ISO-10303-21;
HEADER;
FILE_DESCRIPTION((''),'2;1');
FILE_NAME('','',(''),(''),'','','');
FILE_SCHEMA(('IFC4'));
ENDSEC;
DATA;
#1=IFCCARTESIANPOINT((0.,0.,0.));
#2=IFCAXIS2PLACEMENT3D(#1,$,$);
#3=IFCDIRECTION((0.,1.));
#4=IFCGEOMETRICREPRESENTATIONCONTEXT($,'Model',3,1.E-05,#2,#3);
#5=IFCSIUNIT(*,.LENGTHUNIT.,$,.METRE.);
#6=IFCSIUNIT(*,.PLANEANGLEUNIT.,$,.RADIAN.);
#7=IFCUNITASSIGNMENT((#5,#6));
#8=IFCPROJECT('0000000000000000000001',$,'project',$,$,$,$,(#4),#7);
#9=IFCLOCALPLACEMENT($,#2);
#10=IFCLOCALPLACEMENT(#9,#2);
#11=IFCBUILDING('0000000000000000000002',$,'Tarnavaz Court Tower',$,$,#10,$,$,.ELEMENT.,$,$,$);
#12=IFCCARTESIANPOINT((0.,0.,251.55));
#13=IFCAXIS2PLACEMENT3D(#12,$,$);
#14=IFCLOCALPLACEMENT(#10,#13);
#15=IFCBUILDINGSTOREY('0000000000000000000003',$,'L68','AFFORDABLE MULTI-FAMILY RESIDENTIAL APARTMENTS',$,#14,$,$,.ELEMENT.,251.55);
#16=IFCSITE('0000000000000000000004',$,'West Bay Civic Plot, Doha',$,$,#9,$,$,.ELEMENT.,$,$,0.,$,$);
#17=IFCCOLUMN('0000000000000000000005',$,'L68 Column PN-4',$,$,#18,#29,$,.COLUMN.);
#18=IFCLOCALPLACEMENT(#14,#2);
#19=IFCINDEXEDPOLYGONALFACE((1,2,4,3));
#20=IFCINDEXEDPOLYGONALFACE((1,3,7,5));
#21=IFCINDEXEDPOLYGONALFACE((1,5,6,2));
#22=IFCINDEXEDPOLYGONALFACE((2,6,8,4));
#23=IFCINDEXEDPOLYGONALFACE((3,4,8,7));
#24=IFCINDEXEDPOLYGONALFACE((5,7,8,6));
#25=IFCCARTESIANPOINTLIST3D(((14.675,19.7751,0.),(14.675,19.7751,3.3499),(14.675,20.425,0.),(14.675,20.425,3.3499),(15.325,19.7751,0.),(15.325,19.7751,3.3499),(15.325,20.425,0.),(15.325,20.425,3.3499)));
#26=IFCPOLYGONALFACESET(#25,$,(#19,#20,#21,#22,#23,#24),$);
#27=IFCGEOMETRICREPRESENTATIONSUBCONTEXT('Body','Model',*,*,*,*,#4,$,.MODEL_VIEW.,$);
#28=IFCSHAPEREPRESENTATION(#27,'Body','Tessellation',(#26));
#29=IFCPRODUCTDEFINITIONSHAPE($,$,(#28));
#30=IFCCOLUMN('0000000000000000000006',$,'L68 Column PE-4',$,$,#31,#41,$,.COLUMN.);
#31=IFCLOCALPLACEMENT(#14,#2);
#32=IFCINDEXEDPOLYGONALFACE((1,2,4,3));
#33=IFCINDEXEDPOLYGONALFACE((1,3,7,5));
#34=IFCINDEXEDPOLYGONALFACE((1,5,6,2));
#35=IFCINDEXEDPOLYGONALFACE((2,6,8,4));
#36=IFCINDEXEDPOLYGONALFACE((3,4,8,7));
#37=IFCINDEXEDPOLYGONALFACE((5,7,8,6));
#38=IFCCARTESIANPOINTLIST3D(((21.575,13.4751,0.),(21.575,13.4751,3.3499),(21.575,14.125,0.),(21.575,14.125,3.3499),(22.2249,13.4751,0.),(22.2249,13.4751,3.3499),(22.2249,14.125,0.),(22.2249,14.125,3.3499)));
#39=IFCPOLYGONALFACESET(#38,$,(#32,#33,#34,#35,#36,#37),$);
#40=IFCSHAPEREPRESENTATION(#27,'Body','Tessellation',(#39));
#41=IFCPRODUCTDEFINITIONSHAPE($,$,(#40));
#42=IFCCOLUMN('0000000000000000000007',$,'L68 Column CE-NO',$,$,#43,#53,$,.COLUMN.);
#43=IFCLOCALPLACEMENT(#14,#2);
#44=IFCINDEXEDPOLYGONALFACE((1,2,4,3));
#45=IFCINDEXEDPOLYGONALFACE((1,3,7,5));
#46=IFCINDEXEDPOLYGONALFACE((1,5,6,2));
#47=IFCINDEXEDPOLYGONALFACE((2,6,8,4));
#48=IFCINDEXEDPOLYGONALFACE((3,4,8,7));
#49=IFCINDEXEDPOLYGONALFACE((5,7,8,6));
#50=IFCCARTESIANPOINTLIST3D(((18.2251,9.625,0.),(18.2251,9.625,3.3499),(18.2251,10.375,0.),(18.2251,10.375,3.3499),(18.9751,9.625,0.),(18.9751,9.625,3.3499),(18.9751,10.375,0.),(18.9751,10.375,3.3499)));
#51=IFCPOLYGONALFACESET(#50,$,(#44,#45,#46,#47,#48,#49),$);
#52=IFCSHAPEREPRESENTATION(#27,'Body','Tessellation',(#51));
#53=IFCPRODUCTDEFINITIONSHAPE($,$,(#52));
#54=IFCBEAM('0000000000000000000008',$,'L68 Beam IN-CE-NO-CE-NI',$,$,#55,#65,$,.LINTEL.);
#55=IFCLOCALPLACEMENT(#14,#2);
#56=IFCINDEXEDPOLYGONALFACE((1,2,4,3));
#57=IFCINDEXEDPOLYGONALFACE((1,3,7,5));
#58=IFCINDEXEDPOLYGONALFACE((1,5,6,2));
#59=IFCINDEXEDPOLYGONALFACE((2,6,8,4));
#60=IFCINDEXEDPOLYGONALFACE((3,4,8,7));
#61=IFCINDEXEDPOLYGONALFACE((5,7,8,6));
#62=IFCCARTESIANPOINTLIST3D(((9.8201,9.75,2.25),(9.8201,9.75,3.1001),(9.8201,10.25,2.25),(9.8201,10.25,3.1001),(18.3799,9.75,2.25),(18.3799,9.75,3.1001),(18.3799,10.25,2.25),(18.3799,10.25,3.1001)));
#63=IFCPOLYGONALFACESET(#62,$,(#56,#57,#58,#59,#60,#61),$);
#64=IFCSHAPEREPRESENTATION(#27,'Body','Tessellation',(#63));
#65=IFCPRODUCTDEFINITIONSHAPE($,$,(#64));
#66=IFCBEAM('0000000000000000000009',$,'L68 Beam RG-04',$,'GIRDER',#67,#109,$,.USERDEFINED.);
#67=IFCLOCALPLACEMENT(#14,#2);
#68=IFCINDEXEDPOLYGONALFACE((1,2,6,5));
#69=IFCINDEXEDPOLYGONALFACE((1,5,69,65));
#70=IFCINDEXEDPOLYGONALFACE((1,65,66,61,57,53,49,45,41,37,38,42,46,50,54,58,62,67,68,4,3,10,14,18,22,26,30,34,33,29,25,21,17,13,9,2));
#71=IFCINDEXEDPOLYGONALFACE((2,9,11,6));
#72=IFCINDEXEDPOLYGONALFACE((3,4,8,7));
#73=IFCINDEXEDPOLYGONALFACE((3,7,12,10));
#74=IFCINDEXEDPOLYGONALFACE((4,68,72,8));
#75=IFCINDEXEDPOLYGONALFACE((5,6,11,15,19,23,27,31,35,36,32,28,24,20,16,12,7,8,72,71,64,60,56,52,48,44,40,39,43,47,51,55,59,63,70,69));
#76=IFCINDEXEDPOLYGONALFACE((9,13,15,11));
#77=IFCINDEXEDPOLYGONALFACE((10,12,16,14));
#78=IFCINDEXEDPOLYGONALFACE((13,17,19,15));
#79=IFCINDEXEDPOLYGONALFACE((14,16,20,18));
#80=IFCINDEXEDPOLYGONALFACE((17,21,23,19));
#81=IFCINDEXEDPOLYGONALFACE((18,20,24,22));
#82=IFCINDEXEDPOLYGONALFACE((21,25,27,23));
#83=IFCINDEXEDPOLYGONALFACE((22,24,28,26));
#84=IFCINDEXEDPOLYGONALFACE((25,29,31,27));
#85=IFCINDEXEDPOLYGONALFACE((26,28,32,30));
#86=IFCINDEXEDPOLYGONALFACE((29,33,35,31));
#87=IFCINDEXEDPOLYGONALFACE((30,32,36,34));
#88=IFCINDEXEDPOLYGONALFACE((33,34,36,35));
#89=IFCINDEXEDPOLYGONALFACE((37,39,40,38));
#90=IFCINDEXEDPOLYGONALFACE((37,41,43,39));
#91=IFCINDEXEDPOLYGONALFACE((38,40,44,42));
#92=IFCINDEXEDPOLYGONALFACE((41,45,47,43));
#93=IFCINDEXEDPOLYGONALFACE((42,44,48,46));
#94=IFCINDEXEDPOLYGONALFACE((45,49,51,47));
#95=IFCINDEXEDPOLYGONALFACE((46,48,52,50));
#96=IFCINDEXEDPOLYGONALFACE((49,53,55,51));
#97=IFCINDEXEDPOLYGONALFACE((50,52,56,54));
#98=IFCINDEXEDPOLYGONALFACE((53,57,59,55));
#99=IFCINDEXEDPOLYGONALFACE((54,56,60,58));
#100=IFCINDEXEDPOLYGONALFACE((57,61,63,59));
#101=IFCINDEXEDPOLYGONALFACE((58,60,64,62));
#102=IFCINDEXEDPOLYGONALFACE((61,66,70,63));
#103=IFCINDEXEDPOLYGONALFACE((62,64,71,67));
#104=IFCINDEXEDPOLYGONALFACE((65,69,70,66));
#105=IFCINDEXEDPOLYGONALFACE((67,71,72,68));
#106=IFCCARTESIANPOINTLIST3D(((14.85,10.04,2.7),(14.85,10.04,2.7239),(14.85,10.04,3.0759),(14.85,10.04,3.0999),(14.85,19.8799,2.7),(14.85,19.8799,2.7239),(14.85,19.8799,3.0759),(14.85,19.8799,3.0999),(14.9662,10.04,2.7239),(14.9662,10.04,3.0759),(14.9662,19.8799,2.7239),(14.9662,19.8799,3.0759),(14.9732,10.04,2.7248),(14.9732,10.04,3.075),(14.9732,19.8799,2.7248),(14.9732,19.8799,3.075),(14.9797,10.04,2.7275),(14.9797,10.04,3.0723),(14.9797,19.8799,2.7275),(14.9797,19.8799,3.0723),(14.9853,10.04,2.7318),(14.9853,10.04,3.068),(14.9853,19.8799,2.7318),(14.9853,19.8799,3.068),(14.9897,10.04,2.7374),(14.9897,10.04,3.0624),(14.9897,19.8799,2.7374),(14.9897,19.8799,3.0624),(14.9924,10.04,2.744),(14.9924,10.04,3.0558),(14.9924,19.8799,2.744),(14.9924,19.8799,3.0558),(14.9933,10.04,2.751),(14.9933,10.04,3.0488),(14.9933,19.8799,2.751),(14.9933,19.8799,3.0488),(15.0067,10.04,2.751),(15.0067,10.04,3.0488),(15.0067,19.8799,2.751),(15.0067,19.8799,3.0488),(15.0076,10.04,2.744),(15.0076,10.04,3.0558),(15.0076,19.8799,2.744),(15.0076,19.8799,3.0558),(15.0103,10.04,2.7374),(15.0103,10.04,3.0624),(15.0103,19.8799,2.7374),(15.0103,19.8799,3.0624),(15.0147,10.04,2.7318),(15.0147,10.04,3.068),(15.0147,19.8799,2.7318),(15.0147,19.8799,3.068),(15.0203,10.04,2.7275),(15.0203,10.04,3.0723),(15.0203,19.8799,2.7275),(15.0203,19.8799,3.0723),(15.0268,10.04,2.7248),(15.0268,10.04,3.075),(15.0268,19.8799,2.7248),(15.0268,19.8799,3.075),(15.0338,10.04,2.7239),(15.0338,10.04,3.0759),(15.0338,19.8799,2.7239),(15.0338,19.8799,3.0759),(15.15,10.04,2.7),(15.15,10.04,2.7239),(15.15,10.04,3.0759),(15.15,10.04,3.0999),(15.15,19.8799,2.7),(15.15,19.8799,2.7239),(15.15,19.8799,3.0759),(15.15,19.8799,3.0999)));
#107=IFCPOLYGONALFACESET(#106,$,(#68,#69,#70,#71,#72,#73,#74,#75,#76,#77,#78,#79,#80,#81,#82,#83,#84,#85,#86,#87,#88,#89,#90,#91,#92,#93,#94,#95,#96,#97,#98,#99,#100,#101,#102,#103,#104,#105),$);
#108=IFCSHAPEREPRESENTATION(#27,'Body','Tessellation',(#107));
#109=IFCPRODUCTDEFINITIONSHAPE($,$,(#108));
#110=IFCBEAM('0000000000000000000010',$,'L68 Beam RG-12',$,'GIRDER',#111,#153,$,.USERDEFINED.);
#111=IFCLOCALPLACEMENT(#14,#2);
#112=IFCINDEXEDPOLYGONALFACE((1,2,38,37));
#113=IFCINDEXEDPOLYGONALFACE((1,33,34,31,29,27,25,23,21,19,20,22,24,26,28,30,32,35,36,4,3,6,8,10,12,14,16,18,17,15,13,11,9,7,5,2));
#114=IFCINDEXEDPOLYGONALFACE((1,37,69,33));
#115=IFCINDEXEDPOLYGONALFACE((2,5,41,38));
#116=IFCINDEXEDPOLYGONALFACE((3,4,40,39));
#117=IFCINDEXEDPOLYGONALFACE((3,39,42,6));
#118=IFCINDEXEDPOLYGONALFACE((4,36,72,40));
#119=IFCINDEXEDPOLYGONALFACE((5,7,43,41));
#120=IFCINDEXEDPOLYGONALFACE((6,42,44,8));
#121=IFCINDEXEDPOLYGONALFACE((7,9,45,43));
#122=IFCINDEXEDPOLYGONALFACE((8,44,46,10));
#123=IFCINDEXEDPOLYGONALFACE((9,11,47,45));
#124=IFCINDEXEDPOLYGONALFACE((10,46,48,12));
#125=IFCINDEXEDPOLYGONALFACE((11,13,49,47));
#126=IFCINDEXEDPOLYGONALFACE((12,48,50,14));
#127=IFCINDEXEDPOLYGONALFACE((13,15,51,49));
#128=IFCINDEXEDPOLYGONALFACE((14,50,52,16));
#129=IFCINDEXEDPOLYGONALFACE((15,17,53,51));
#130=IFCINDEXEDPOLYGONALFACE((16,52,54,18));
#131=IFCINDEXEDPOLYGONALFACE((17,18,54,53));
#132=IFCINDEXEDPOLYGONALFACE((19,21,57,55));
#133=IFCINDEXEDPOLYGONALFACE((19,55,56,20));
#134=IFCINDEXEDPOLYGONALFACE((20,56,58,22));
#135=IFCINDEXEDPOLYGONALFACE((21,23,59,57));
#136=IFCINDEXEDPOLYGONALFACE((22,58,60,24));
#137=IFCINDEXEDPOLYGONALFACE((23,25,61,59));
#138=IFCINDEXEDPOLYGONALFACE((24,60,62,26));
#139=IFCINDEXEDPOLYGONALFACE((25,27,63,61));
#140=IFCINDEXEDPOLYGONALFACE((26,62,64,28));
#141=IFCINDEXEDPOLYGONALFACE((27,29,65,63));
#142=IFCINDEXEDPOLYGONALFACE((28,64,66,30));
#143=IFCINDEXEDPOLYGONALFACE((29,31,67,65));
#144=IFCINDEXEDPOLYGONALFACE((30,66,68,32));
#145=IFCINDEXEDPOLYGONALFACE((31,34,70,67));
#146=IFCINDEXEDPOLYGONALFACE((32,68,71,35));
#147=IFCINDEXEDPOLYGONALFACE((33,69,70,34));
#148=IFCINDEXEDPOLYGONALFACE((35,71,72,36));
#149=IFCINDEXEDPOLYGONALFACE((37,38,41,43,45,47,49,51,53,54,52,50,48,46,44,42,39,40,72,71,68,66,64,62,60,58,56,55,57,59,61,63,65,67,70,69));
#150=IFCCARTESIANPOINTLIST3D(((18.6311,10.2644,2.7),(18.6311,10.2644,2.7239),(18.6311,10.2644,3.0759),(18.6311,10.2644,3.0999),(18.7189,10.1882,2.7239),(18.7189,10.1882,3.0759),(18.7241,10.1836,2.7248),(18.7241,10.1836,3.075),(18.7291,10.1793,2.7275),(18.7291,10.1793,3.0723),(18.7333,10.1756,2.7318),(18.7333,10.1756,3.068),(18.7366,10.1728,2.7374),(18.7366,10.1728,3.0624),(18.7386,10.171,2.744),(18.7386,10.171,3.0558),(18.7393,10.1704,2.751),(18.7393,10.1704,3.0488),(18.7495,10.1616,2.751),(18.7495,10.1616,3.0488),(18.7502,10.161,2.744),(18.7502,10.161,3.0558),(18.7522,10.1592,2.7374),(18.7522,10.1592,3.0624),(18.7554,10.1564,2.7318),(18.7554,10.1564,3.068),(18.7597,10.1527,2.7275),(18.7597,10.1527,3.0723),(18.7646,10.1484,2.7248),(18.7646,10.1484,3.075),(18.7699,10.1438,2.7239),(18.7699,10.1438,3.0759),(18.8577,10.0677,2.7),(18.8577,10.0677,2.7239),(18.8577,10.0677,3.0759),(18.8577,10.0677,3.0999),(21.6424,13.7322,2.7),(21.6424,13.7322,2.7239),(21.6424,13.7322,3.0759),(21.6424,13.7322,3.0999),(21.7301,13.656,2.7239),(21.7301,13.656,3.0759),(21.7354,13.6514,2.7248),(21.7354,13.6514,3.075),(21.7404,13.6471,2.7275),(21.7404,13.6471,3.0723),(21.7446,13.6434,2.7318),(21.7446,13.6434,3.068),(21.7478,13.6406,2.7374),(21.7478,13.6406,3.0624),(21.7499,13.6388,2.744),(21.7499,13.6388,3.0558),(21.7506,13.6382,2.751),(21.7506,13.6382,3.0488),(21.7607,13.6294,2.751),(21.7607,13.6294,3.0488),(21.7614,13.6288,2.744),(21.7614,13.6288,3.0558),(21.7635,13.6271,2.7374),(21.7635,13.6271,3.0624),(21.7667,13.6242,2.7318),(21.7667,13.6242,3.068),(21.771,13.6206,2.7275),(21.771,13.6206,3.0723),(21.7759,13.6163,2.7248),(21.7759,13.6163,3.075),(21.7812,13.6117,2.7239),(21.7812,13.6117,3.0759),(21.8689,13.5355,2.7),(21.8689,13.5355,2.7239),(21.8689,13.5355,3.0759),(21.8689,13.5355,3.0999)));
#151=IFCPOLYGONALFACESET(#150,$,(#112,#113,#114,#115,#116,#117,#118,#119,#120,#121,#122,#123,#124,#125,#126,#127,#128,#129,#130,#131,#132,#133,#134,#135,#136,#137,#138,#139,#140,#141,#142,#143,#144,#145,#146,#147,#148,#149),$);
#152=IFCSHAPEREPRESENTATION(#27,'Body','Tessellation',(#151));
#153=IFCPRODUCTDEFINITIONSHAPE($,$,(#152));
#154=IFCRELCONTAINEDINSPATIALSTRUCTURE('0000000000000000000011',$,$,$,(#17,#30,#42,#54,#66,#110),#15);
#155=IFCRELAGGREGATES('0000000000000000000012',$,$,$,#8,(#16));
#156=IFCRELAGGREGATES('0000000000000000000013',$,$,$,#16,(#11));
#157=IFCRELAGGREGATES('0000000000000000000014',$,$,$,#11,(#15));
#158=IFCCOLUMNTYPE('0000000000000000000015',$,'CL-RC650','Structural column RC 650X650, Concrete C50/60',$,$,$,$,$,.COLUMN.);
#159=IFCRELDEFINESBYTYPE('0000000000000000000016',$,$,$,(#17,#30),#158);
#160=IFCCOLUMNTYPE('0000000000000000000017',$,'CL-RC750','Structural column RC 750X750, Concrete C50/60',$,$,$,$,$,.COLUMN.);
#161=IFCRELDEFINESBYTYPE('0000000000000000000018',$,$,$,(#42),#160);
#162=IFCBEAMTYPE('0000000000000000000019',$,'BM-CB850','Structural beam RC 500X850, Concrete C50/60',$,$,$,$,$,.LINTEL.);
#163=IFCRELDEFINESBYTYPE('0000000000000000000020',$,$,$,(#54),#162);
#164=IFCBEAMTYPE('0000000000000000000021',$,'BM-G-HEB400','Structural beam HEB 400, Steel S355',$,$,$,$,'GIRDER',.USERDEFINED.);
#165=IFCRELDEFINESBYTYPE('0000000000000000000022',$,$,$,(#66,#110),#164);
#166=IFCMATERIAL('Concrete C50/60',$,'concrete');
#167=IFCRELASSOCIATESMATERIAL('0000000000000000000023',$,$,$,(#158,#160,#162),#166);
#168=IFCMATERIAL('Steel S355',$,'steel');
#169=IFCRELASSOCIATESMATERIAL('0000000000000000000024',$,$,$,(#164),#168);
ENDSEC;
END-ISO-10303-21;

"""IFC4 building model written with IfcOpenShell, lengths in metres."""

from ifc_helpers import new_model, si_unit, direction, frame, origin, origin_2d, place, context, subcontext, project, spatial, rectangle, i_section, extrude, material, material_profile, profile_set, type_object, element, save


model = new_model("IFC4")

# Units and contexts
model_context = context("Model", 3, precision=1e-05, world=origin(), true_north=direction((0.0, 1.0)))
body_context = subcontext(model_context, "Body", "Model", "MODEL_VIEW")
ifc_project = project(units=[si_unit("LENGTHUNIT", "METRE"), si_unit("PLANEANGLEUNIT", "RADIAN")], contexts=[model_context])

# Site, building, storey
site_placement = place(None, origin())
site = spatial("IfcSite", under=ifc_project, at=site_placement, Name="West Bay Civic Plot, Doha", CompositionType="ELEMENT", RefElevation=0.0)
building_placement = place(site_placement, origin())
building = spatial("IfcBuilding", under=site, at=building_placement, Name="Tarnavaz Court Tower", CompositionType="ELEMENT")
storey_placement = place(building_placement, frame((0.0, 0.0, 251.55)))
storey = spatial("IfcBuildingStorey", under=building, at=storey_placement, Name="L68", Description="AFFORDABLE MULTI-FAMILY RESIDENTIAL APARTMENTS", CompositionType="ELEMENT", Elevation=251.55)

# Columns
ifc_material_1 = material(Name="Concrete C50/60", Category="concrete")
ifc_material_profile_1 = material_profile(ifc_material_1, rectangle(XDim=0.6499, YDim=0.6499, at=origin_2d()), Name="RC 650X650")
ifc_profile_set_1 = profile_set([ifc_material_profile_1], Name="Concrete C50/60")
column_type_1 = type_object("IfcColumnType", Name="CL-RC650", Description="Structural column RC 650X650, Concrete C50/60", PredefinedType="COLUMN", material=ifc_profile_set_1)
for number, where, z_axis, x_axis, name in (
    (1, (15.0, 20.1001, 0.0), (0.0, 0.0, 1.0), (1.0, 0.0, 0.0), "L68 Column PN-4"),
    (2, (21.8999, 13.8, 0.0), (0.0, 0.0, 1.0), (1.0, 0.0, 0.0), "L68 Column PE-4"),
):
    element("IfcColumn", number, at=place(storey_placement, frame(where, z_axis=z_axis, x_axis=x_axis)), inside=storey, type_object=column_type_1, Name=name, PredefinedType="COLUMN", context=body_context, shape_type="SweptSolid", body=[
        extrude(rectangle(XDim=0.6499, YDim=0.6499, at=origin_2d()), origin(), (0.0, 0.0, 1.0), 3.3499),
    ])
ifc_material_profile_2 = material_profile(ifc_material_1, rectangle(XDim=0.75, YDim=0.75, at=origin_2d()), Name="RC 750X750")
ifc_profile_set_2 = profile_set([ifc_material_profile_2], Name="Concrete C50/60")
column_type_2 = type_object("IfcColumnType", Name="CL-RC750", Description="Structural column RC 750X750, Concrete C50/60", PredefinedType="COLUMN", material=ifc_profile_set_2)
column_placement = place(storey_placement, frame((18.6001, 10.0, 0.0), z_axis=(0.0, 0.0, 1.0), x_axis=(1.0, 0.0, 0.0)))
element("IfcColumn", 3, at=column_placement, inside=storey, type_object=column_type_2, Name="L68 Column CE-NO", PredefinedType="COLUMN", context=body_context, shape_type="SweptSolid", body=[
    extrude(rectangle(XDim=0.75, YDim=0.75, at=origin_2d()), origin(), (0.0, 0.0, 1.0), 3.3499),
])

# Beams
ifc_material_profile_3 = material_profile(ifc_material_1, rectangle(XDim=0.5, YDim=0.8501, at=origin_2d()), Name="RC 500X850")
ifc_profile_set_3 = profile_set([ifc_material_profile_3], Name="Concrete C50/60")
beam_type_1 = type_object("IfcBeamType", Name="BM-CB850", Description="Structural beam RC 500X850, Concrete C50/60", PredefinedType="LINTEL", material=ifc_profile_set_3)
beam_1_placement = place(storey_placement, frame((18.3799, 10.0, 2.675), z_axis=(-1.0, 0.0, 0.0), x_axis=(0.0, -1.0, 0.0)))
element("IfcBeam", 4, at=beam_1_placement, inside=storey, type_object=beam_type_1, Name="L68 Beam IN-CE-NO-CE-NI", PredefinedType="LINTEL", context=body_context, shape_type="SweptSolid", body=[
    extrude(rectangle(XDim=0.5, YDim=0.8501, at=origin_2d()), origin(), (0.0, 0.0, 1.0), 8.5598),
])
ifc_material_2 = material(Name="Steel S355", Category="steel")
ifc_material_profile_4 = material_profile(ifc_material_2, i_section(OverallWidth=0.3, OverallDepth=0.3999, WebThickness=0.0134, FlangeThickness=0.0239, FilletRadius=0.0271, at=origin_2d()), Name="HEB 400")
ifc_profile_set_4 = profile_set([ifc_material_profile_4], Name="Steel S355")
beam_type_2 = type_object("IfcBeamType", Name="BM-G-HEB400", Description="Structural beam HEB 400, Steel S355", ElementType="GIRDER", PredefinedType="USERDEFINED", material=ifc_profile_set_4)
beam_2_placement = place(storey_placement, frame((15.0, 10.04, 2.8999), z_axis=(0.0, 1.0, 0.0), x_axis=(-1.0, 0.0, 0.0)))
element("IfcBeam", 5, at=beam_2_placement, inside=storey, type_object=beam_type_2, Name="L68 Beam RG-04", ObjectType="GIRDER", PredefinedType="USERDEFINED", context=body_context, shape_type="SweptSolid", body=[
    extrude(i_section(OverallWidth=0.3, OverallDepth=0.3999, WebThickness=0.0134, FlangeThickness=0.0239, FilletRadius=0.0271, at=origin_2d()), origin(), (0.0, 0.0, 1.0), 9.8398),
])
beam_3_placement = place(storey_placement, frame((18.7444, 10.166, 2.8999), z_axis=(0.655655, 0.755061, 0.0), x_axis=(-0.755061, 0.655655, 0.0)))
element("IfcBeam", 6, at=beam_3_placement, inside=storey, type_object=beam_type_2, Name="L68 Beam RG-12", ObjectType="GIRDER", PredefinedType="USERDEFINED", context=body_context, shape_type="SweptSolid", body=[
    extrude(i_section(OverallWidth=0.3, OverallDepth=0.3999, WebThickness=0.0134, FlangeThickness=0.0239, FilletRadius=0.0271, at=origin_2d()), origin(), (0.0, 0.0, 1.0), 4.5928),
])

save(model, "model.ifc")
